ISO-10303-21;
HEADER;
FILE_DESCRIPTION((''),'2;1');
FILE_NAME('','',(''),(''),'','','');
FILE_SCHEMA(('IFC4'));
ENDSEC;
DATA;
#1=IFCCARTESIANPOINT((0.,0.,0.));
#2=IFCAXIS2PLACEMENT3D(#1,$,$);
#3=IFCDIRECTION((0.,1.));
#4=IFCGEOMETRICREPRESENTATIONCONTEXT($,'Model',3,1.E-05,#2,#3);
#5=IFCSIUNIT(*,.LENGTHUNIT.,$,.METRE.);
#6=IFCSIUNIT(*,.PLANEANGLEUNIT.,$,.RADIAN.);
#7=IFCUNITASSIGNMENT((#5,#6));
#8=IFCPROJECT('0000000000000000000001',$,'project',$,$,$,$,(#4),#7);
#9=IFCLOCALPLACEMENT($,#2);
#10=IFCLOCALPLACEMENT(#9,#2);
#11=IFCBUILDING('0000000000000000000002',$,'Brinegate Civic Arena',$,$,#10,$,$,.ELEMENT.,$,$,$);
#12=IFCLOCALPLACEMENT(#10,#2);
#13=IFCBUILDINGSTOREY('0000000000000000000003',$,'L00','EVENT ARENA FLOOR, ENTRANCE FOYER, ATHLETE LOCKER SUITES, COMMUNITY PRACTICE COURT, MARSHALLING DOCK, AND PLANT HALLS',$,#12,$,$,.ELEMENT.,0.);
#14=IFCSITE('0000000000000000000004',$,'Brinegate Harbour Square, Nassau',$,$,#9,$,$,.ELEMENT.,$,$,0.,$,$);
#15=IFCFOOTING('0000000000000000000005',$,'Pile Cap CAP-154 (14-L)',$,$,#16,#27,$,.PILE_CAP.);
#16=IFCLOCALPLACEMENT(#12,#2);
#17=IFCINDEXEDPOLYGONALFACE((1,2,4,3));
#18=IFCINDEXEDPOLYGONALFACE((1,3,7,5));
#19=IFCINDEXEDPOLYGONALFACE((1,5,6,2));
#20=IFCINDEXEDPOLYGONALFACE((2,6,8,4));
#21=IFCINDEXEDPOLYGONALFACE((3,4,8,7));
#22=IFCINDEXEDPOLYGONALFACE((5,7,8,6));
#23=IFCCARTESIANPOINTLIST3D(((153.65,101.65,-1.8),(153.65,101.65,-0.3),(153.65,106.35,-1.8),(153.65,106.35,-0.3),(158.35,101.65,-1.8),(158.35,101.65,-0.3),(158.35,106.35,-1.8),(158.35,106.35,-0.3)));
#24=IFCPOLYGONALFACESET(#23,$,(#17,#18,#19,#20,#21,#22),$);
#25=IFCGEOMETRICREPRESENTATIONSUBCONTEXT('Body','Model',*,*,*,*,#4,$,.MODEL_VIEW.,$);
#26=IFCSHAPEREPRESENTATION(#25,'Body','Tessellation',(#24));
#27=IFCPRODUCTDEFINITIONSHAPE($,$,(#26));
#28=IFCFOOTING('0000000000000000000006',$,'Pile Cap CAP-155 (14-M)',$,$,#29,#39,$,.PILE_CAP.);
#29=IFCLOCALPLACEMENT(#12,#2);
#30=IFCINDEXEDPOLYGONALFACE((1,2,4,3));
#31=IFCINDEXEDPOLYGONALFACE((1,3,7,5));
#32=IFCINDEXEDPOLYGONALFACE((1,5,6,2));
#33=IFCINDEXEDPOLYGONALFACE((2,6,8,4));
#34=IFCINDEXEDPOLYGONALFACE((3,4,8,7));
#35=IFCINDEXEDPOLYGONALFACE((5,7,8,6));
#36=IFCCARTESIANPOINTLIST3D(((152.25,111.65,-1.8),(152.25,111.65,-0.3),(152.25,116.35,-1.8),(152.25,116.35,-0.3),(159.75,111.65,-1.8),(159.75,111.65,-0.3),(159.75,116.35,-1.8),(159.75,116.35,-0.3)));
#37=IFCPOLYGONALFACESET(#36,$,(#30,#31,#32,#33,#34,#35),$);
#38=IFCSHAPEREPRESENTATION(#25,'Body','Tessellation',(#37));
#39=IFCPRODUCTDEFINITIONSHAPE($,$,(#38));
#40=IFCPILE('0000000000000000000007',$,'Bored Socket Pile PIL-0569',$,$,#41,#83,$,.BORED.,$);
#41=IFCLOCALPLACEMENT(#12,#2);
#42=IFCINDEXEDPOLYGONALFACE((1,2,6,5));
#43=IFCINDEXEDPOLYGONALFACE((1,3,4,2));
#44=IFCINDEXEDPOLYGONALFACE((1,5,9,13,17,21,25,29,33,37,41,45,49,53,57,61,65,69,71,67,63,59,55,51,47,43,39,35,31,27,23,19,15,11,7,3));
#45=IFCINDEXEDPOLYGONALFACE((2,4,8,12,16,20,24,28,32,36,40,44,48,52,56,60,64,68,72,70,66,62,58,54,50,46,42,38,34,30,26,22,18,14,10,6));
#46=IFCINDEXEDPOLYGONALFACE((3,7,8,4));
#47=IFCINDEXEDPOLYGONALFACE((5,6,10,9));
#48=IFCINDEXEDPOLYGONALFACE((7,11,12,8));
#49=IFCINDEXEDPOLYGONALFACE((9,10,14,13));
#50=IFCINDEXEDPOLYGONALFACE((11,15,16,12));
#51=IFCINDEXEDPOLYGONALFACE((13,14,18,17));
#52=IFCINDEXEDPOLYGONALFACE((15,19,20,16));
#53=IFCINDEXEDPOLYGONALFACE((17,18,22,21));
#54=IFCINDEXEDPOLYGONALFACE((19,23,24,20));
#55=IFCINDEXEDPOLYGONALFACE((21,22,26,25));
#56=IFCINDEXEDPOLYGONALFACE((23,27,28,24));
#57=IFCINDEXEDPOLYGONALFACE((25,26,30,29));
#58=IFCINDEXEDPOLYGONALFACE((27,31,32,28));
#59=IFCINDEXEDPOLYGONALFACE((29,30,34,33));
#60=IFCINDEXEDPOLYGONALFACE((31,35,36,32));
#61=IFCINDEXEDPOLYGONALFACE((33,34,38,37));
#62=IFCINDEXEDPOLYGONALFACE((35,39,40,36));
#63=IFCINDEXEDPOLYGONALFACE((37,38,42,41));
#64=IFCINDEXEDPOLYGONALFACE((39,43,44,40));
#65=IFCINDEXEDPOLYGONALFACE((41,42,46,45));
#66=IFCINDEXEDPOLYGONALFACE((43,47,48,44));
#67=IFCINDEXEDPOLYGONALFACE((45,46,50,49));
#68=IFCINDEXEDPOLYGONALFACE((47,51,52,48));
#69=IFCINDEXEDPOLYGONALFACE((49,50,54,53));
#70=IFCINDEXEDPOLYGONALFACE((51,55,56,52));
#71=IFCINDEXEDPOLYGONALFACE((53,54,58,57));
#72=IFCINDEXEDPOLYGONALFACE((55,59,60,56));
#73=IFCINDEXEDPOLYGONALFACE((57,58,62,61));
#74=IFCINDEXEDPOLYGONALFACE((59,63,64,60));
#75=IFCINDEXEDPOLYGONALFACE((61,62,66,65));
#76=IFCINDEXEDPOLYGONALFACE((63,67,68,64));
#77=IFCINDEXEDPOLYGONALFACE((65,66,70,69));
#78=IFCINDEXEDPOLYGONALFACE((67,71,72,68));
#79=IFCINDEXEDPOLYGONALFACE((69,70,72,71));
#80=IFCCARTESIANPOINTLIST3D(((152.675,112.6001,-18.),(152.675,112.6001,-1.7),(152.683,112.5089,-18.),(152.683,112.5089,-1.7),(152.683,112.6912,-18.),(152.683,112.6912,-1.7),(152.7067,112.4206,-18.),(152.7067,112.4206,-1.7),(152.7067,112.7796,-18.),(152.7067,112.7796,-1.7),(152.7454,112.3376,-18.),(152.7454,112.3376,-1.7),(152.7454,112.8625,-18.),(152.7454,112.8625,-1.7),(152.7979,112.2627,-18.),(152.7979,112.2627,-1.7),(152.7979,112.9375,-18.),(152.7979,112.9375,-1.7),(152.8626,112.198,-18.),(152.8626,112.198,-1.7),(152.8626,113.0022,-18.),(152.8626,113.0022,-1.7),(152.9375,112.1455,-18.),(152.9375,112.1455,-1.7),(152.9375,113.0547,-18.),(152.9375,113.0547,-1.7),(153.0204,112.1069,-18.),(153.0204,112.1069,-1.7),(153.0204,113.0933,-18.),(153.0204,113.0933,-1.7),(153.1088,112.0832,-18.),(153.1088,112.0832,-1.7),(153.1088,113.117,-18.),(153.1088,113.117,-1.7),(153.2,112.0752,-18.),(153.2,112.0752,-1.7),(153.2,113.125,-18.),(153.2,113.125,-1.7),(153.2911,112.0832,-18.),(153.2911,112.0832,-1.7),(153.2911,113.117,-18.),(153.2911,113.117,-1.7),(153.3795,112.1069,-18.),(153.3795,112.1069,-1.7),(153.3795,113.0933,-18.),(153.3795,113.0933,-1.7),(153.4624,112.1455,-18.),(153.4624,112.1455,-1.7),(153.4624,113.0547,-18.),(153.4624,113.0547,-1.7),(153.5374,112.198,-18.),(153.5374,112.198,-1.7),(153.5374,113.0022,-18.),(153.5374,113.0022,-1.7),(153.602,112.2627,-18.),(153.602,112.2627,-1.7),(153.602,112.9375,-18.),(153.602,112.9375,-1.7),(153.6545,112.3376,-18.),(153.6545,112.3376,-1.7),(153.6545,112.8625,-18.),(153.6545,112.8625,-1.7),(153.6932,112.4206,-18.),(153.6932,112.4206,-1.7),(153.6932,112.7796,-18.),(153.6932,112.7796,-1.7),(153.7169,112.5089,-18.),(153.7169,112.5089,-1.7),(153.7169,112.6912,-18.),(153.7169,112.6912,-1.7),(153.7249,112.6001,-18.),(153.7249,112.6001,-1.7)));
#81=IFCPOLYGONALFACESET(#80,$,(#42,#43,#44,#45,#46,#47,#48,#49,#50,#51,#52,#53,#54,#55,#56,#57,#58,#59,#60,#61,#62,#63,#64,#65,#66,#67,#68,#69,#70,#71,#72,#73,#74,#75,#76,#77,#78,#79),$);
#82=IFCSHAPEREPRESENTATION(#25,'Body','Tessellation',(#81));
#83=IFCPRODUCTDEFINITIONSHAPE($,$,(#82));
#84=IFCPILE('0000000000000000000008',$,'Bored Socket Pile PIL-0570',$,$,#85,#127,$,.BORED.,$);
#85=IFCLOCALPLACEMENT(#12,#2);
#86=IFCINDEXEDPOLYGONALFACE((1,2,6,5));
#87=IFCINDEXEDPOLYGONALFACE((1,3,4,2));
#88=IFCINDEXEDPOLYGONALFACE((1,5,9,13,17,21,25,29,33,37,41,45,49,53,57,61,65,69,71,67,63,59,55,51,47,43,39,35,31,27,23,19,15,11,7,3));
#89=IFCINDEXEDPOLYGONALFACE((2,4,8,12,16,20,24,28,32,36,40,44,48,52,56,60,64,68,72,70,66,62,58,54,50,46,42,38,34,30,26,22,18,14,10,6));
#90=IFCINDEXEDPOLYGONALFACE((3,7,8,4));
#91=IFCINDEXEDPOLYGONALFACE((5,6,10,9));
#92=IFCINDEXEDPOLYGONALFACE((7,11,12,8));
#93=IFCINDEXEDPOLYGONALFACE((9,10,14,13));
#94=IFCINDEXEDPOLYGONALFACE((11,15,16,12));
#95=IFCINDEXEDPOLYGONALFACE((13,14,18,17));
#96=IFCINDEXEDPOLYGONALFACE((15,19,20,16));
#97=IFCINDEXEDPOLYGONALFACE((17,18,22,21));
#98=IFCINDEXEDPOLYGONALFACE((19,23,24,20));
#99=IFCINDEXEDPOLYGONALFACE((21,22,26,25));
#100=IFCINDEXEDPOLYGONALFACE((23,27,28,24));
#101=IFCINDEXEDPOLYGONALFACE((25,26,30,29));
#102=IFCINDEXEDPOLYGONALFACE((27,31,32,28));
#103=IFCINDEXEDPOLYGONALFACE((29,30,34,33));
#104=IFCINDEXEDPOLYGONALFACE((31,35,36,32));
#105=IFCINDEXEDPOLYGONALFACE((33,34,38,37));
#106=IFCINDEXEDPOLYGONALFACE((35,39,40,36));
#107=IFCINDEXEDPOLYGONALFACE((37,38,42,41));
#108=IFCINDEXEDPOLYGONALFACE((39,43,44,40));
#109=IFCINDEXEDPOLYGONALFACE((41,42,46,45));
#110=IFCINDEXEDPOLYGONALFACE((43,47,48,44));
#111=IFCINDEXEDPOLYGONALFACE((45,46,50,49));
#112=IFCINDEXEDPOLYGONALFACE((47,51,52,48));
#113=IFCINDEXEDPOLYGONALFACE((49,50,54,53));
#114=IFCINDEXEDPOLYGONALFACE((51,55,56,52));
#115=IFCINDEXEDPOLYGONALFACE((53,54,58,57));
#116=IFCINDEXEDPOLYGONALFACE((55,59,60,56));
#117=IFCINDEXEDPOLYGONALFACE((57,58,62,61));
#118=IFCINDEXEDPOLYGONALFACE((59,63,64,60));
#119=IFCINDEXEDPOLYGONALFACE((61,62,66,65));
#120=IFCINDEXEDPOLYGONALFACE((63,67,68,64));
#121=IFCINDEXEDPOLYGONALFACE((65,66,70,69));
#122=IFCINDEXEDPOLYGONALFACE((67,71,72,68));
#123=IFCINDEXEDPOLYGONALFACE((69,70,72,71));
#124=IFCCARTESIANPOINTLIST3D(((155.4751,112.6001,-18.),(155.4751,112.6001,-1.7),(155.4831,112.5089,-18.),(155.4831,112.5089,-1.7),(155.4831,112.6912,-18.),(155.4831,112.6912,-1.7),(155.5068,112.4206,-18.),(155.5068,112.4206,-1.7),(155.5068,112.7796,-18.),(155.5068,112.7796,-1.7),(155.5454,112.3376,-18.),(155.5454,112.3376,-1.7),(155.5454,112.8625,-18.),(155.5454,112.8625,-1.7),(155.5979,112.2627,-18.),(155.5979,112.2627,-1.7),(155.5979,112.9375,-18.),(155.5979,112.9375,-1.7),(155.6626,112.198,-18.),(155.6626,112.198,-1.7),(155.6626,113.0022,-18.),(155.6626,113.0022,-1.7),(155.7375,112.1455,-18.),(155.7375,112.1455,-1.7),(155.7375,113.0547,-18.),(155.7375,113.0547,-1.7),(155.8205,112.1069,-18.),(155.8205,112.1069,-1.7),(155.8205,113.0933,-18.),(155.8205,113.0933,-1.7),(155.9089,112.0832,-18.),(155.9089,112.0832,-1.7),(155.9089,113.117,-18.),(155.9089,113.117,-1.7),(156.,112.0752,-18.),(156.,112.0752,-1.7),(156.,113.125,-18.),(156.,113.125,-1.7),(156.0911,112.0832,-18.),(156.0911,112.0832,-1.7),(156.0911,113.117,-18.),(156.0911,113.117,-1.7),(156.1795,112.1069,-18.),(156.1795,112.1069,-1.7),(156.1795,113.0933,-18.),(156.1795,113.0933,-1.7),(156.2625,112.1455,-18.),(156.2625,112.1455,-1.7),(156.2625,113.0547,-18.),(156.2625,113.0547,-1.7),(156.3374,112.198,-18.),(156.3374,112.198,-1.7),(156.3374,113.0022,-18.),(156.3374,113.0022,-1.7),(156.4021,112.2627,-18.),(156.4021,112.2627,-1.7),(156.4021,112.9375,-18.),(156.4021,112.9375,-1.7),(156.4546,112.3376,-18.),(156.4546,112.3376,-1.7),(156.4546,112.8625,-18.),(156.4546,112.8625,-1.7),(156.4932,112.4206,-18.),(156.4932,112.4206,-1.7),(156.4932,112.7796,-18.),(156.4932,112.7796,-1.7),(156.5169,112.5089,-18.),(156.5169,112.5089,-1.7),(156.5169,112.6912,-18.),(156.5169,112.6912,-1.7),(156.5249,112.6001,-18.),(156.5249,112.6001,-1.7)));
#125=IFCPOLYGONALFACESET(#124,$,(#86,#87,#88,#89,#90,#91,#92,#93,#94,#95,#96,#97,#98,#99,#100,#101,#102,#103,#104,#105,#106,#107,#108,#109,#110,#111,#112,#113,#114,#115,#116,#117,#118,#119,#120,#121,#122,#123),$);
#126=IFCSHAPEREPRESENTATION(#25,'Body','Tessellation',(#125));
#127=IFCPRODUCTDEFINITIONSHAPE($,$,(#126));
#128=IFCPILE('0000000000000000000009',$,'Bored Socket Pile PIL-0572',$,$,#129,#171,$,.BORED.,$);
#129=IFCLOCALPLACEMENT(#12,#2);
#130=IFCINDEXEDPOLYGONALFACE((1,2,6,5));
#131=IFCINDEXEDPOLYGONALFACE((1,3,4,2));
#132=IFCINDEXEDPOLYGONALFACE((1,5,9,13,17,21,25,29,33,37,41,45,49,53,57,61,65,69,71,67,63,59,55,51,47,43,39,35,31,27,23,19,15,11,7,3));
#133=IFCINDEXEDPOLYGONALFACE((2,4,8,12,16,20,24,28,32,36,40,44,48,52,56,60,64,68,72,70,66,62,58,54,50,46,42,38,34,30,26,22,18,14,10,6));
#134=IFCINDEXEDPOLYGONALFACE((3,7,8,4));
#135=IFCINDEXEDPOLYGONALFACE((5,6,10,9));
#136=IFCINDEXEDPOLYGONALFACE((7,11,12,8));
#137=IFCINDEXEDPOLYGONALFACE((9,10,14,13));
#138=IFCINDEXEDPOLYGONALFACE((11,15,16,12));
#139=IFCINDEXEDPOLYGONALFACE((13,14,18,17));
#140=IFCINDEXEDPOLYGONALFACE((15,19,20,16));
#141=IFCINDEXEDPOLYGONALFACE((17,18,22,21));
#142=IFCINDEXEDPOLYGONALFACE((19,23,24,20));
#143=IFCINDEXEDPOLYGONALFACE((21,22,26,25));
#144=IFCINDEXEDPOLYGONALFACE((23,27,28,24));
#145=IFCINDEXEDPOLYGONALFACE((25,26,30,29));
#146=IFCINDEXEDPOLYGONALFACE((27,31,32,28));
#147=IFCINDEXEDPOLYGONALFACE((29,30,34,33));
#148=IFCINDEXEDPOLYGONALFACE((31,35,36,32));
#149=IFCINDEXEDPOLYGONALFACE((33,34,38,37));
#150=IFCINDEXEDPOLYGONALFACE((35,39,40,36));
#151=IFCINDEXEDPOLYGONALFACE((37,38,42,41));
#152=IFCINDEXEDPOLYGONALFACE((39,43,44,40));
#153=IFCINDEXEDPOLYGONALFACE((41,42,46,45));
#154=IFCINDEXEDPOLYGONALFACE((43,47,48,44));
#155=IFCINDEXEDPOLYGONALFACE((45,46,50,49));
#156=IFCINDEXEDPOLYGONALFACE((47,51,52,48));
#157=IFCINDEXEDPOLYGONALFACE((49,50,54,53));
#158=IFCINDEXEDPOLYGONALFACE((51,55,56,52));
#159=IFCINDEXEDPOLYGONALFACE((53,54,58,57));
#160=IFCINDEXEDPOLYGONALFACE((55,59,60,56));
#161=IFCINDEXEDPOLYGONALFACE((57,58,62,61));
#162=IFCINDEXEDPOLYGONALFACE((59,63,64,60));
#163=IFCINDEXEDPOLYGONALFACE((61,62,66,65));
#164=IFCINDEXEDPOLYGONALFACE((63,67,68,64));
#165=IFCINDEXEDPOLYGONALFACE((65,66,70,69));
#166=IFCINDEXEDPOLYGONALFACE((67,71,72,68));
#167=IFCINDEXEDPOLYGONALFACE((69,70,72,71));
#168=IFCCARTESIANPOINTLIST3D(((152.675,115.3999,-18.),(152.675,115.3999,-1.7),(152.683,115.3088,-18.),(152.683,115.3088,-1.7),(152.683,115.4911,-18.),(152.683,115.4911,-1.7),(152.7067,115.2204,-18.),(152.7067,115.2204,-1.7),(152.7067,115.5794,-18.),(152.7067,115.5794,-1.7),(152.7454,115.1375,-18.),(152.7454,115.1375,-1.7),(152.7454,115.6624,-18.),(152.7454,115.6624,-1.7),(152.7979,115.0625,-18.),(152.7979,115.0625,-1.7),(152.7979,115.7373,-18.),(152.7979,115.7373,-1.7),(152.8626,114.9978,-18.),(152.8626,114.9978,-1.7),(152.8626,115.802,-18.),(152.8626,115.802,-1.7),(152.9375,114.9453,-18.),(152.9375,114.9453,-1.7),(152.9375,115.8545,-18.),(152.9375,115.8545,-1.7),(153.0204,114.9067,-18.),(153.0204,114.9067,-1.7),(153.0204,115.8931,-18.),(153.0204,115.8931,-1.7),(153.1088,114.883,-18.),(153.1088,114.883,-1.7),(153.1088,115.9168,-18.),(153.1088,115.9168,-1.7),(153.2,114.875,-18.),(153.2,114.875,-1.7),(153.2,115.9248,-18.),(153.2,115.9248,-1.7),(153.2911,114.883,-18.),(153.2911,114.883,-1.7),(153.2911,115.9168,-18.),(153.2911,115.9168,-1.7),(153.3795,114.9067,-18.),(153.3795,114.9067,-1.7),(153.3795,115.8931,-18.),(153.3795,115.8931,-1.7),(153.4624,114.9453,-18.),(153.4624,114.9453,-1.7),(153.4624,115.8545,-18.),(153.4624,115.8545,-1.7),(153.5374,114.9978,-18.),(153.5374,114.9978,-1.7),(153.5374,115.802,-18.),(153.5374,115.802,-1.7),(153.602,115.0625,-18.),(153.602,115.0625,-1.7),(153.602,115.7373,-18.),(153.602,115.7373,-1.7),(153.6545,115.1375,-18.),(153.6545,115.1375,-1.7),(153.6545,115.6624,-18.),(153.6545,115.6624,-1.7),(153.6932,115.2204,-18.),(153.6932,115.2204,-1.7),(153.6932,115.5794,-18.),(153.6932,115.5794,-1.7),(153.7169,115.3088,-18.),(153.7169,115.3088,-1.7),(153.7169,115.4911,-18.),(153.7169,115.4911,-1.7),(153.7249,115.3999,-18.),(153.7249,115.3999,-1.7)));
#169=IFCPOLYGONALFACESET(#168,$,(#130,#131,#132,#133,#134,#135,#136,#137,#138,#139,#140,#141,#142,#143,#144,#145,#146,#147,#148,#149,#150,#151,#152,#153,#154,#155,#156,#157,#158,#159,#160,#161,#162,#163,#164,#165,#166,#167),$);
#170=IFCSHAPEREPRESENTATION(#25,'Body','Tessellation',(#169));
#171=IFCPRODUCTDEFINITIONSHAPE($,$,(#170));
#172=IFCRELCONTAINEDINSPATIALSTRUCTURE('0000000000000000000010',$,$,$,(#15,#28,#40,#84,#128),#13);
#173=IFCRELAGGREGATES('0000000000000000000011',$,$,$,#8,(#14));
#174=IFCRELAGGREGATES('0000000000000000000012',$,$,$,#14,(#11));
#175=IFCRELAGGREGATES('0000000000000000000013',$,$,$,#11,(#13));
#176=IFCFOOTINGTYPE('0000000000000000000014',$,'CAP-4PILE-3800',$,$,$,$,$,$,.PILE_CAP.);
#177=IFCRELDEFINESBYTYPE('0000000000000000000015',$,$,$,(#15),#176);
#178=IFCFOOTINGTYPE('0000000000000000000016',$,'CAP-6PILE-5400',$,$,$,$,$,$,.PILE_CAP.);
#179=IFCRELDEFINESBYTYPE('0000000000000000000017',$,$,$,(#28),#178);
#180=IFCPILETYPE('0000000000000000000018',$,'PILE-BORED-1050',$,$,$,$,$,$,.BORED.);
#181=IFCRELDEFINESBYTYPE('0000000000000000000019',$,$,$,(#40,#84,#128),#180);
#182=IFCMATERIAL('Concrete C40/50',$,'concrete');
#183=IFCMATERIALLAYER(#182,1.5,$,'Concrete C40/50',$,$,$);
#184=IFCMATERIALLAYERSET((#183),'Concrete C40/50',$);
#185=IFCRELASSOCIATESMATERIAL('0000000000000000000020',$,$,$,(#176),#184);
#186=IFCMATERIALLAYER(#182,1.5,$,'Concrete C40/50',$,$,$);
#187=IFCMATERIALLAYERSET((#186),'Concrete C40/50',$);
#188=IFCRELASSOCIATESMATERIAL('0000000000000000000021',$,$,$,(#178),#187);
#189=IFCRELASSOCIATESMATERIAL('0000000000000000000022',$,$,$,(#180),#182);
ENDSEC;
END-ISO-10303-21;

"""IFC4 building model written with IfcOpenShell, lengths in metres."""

from ifc_helpers import new_model, si_unit, direction, frame, origin, origin_2d, place, context, subcontext, project, spatial, rectangle, circle, extrude, material, layer, layer_set, material_profile, profile_set, type_object, element, save


model = new_model("IFC4")

# Units and contexts
model_context = context("Model", 3, precision=1e-05, world=origin(), true_north=direction((0.0, 1.0)))
body_context = subcontext(model_context, "Body", "Model", "MODEL_VIEW")
ifc_project = project(units=[si_unit("LENGTHUNIT", "METRE"), si_unit("PLANEANGLEUNIT", "RADIAN")], contexts=[model_context])

# Site, building, storey
site_placement = place(None, origin())
site = spatial("IfcSite", under=ifc_project, at=site_placement, Name="Brinegate Harbour Square, Nassau", CompositionType="ELEMENT", RefElevation=0.0)
building_placement = place(site_placement, origin())
building = spatial("IfcBuilding", under=site, at=building_placement, Name="Brinegate Civic Arena", CompositionType="ELEMENT")
storey_placement = place(building_placement, origin())
storey = spatial("IfcBuildingStorey", under=building, at=storey_placement, Name="L00", Description="EVENT ARENA FLOOR, ENTRANCE FOYER, ATHLETE LOCKER SUITES, COMMUNITY PRACTICE COURT, MARSHALLING DOCK, AND PLANT HALLS", CompositionType="ELEMENT", Elevation=0.0)

# Footings
ifc_material_1 = material(Name="Concrete C40/50", Category="concrete")
ifc_layer_1 = layer(ifc_material_1, 1.5, Name="Concrete C40/50")
ifc_layer_set_1 = layer_set([ifc_layer_1], Name="Concrete C40/50")
footing_type_1 = type_object("IfcFootingType", Name="CAP-4PILE-3800", PredefinedType="PILE_CAP", material=ifc_layer_set_1)
footing_1_placement = place(storey_placement, frame((156.0, 104.0, -1.8), z_axis=(0.0, 0.0, 1.0), x_axis=(1.0, 0.0, 0.0)))
element("IfcFooting", 1, at=footing_1_placement, inside=storey, type_object=footing_type_1, Name="Pile Cap CAP-154 (14-L)", PredefinedType="PILE_CAP", context=body_context, shape_type="SweptSolid", body=[
    extrude(rectangle(XDim=4.7, YDim=4.7, at=origin_2d()), origin(), (0.0, 0.0, 1.0), 1.5),
])
ifc_layer_2 = layer(ifc_material_1, 1.5, Name="Concrete C40/50")
ifc_layer_set_2 = layer_set([ifc_layer_2], Name="Concrete C40/50")
footing_type_2 = type_object("IfcFootingType", Name="CAP-6PILE-5400", PredefinedType="PILE_CAP", material=ifc_layer_set_2)
footing_2_placement = place(storey_placement, frame((156.0, 114.0, -1.8), z_axis=(0.0, 0.0, 1.0), x_axis=(1.0, 0.0, 0.0)))
element("IfcFooting", 2, at=footing_2_placement, inside=storey, type_object=footing_type_2, Name="Pile Cap CAP-155 (14-M)", PredefinedType="PILE_CAP", context=body_context, shape_type="SweptSolid", body=[
    extrude(rectangle(XDim=7.5, YDim=4.7, at=origin_2d()), origin(), (0.0, 0.0, 1.0), 1.5),
])

# Piles
ifc_material_profile_1 = material_profile(ifc_material_1, circle(Radius=0.5249, at=origin_2d()), Name="PILED1050")
ifc_profile_set_1 = profile_set([ifc_material_profile_1], Name="Concrete C40/50")
pile_type_1 = type_object("IfcPileType", Name="PILE-BORED-1050", PredefinedType="BORED", material=ifc_profile_set_1)
for number, where, z_axis, x_axis, name in (
    (3, (153.2, 112.6001, -1.7), (0.0, 0.0, -1.0), (1.0, 0.0, 0.0), "Bored Socket Pile PIL-0569"),
    (4, (156.0, 112.6001, -1.7), (0.0, 0.0, -1.0), (1.0, 0.0, 0.0), "Bored Socket Pile PIL-0570"),
    (5, (153.2, 115.3999, -1.7), (0.0, 0.0, -1.0), (1.0, 0.0, 0.0), "Bored Socket Pile PIL-0572"),
):
    element("IfcPile", number, at=place(storey_placement, frame(where, z_axis=z_axis, x_axis=x_axis)), inside=storey, type_object=pile_type_1, Name=name, PredefinedType="BORED", context=body_context, shape_type="SweptSolid", body=[
        extrude(circle(Radius=0.5249, at=origin_2d()), origin(), (0.0, 0.0, 1.0), 16.3),
    ])

save(model, "model.ifc")
